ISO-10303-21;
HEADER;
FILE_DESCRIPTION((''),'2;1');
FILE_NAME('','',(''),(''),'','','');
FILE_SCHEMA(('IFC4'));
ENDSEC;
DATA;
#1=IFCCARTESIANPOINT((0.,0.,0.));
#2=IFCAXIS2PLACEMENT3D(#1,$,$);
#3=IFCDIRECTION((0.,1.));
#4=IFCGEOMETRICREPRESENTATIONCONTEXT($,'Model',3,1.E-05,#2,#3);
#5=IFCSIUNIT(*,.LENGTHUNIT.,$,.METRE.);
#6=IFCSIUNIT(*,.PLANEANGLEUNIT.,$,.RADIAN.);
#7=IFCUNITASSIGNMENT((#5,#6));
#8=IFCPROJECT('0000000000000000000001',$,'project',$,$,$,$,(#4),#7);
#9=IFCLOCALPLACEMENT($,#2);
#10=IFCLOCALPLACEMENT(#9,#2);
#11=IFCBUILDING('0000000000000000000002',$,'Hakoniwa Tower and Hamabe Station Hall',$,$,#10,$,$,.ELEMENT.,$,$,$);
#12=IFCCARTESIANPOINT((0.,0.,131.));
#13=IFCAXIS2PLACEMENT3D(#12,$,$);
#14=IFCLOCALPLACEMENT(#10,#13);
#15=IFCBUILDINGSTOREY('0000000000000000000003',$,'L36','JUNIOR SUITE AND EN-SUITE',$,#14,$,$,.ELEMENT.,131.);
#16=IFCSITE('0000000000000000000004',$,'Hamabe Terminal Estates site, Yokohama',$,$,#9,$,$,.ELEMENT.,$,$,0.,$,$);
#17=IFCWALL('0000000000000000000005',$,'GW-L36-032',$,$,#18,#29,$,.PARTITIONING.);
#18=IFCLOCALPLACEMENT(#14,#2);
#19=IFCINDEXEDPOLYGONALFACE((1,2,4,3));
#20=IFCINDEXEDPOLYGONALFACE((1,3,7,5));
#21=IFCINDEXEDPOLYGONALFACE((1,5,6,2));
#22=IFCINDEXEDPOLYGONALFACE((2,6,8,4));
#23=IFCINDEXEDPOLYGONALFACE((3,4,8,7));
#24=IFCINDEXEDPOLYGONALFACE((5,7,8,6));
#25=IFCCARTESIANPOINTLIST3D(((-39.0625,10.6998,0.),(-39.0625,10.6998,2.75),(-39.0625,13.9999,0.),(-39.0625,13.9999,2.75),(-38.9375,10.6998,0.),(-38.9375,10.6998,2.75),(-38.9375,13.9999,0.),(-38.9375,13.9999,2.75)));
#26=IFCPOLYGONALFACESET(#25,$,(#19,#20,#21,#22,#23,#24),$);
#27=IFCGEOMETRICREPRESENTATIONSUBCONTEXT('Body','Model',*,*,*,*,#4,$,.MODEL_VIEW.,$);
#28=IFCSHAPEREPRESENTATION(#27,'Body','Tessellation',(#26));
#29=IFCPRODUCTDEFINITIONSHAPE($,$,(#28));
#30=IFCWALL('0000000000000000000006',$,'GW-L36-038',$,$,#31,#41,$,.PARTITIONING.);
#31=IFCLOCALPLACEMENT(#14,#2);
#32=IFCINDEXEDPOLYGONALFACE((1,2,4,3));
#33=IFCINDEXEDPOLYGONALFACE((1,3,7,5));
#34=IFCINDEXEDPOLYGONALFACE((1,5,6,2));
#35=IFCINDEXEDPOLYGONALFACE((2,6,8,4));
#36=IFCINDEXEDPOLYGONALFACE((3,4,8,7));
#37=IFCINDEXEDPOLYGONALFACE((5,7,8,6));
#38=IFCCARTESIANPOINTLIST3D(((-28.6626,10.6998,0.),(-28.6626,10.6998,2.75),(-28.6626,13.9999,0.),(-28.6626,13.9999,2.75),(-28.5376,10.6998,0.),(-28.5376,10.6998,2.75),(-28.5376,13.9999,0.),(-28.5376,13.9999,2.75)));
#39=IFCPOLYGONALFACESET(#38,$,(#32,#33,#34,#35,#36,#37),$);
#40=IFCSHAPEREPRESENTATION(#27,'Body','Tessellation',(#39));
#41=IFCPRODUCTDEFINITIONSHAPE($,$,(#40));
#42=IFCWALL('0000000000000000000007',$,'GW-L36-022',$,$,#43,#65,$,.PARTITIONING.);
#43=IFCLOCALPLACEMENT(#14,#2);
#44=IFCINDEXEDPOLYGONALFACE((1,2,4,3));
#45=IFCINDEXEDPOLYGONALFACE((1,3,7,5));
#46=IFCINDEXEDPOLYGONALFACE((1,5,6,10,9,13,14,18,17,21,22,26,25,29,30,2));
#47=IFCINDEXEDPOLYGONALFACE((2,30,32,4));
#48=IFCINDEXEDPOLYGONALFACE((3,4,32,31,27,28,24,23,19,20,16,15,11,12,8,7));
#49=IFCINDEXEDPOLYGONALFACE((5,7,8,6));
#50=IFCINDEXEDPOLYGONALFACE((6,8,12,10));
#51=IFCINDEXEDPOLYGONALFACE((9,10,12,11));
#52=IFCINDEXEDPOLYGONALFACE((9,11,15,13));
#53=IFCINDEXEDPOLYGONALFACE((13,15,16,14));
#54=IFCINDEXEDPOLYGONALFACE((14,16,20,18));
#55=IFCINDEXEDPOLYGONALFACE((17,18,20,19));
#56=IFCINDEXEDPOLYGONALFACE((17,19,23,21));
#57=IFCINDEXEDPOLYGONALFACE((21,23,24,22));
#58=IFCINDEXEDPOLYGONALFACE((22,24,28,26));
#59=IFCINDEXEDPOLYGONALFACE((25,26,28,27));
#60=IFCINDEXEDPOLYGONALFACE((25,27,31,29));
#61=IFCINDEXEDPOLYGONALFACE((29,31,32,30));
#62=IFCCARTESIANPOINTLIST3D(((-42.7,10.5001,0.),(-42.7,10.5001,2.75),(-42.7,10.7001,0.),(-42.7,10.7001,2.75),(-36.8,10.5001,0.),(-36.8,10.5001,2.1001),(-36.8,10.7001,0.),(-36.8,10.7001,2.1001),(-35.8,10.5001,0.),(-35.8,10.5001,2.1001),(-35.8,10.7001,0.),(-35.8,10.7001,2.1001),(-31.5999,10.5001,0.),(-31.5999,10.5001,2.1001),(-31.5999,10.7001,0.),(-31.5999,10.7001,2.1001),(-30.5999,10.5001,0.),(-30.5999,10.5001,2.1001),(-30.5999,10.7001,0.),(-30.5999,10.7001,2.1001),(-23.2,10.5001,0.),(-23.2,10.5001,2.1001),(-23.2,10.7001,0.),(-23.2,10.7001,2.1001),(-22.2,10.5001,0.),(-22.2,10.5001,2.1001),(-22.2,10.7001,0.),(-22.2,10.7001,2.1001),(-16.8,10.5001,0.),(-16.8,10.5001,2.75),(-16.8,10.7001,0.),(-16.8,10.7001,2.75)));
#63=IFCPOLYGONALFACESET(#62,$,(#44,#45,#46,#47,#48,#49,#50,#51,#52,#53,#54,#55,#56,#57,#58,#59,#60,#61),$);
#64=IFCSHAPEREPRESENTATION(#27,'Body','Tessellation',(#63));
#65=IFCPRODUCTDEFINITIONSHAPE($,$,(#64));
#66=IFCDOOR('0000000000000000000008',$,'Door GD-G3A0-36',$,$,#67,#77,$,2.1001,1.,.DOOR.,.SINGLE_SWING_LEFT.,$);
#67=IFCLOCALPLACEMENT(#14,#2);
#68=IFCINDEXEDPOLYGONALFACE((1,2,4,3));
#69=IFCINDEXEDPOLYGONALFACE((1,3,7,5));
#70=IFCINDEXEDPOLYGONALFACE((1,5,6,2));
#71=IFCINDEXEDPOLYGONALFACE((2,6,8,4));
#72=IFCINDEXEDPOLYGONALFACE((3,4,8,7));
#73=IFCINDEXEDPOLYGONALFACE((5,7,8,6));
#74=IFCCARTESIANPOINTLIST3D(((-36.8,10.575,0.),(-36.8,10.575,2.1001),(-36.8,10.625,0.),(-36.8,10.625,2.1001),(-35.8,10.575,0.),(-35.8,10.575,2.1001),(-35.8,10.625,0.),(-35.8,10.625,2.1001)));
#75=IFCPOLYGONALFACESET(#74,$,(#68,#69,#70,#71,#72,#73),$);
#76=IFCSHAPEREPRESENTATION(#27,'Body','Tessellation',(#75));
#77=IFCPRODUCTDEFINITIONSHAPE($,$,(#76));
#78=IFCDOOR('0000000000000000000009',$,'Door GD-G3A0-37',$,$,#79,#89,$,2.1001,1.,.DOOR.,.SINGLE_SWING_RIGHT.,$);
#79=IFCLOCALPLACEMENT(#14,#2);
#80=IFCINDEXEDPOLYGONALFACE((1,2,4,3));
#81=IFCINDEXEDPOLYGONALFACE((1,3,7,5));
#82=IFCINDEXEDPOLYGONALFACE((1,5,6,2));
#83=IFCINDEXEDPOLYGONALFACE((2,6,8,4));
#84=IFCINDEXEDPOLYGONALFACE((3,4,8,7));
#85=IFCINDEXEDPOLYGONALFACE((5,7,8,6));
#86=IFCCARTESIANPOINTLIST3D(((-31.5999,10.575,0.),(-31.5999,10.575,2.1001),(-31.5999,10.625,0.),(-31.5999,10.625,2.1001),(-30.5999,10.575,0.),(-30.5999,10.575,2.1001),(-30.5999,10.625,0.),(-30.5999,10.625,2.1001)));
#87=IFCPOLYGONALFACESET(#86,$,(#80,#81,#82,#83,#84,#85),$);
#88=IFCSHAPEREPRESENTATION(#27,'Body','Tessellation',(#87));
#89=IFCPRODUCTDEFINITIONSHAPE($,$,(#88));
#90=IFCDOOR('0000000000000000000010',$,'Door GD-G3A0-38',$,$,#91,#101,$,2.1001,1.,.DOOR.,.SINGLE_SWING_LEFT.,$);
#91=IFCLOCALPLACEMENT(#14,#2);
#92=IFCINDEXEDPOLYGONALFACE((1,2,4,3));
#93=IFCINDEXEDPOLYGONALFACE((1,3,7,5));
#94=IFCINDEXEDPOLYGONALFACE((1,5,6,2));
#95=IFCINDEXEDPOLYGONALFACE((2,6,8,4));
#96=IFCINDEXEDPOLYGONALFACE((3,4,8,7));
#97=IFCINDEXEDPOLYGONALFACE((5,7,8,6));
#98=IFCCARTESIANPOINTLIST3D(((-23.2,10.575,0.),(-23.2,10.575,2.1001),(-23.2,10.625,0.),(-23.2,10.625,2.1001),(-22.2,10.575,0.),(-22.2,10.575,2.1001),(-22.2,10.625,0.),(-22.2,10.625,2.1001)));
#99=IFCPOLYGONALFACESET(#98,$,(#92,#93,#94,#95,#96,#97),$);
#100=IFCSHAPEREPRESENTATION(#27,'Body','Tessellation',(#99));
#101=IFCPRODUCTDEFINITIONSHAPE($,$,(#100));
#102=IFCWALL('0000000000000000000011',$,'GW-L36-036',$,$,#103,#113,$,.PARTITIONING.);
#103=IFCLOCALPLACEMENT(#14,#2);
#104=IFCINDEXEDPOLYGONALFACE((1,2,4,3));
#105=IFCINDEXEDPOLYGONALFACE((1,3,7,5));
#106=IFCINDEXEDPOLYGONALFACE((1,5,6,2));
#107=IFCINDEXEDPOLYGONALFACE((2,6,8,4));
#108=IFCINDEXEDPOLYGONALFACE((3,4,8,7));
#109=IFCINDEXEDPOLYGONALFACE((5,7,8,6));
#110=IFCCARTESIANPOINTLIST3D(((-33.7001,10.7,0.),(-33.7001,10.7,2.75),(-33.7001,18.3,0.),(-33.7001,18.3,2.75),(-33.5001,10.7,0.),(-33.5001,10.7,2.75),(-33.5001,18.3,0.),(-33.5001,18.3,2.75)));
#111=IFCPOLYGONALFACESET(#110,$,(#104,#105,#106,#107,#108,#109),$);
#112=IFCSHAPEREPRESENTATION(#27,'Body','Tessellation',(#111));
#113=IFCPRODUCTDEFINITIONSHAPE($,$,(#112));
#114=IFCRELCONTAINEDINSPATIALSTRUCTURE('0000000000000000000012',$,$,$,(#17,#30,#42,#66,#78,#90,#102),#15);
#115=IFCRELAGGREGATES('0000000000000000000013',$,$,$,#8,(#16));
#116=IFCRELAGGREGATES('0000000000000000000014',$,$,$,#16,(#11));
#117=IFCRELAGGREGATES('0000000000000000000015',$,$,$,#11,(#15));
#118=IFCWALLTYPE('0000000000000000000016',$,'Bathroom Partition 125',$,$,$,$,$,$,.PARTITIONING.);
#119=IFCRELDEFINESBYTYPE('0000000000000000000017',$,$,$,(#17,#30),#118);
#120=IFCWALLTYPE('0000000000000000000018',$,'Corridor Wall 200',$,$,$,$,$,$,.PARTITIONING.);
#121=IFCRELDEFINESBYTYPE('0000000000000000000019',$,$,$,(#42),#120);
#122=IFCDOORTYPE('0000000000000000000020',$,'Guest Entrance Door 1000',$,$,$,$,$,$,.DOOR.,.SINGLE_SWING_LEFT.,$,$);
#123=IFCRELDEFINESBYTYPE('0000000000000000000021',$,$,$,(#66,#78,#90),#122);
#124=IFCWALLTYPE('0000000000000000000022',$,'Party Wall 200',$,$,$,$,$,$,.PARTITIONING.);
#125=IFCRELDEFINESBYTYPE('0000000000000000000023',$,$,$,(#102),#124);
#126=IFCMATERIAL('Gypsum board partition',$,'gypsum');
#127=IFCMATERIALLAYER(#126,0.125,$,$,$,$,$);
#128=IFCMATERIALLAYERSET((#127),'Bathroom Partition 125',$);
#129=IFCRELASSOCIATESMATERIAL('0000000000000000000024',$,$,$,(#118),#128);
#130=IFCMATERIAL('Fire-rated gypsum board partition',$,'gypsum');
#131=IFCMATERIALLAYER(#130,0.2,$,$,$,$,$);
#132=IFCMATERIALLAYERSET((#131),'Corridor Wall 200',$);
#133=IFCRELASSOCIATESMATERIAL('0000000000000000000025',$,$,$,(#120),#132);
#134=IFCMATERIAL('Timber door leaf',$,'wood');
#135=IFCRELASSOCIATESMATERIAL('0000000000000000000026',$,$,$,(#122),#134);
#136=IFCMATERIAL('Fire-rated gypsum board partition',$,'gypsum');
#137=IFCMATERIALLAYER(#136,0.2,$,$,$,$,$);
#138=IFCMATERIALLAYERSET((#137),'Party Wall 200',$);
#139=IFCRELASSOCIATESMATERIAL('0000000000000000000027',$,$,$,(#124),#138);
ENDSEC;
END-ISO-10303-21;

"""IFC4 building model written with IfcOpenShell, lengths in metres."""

from ifc_helpers import new_model, si_unit, direction, frame, frame_2d, origin, place, context, subcontext, project, spatial, rectangle, extrude, material, layer, layer_set, type_object, element, fill, save


model = new_model("IFC4")

# Units and contexts
model_context = context("Model", 3, precision=1e-05, world=origin(), true_north=direction((0.0, 1.0)))
body_context = subcontext(model_context, "Body", "Model", "MODEL_VIEW")
ifc_project = project(units=[si_unit("LENGTHUNIT", "METRE"), si_unit("PLANEANGLEUNIT", "RADIAN")], contexts=[model_context])

# Site, building, storey
site_placement = place(None, origin())
site = spatial("IfcSite", under=ifc_project, at=site_placement, Name="Hamabe Terminal Estates site, Yokohama", CompositionType="ELEMENT", RefElevation=0.0)
building_placement = place(site_placement, origin())
building = spatial("IfcBuilding", under=site, at=building_placement, Name="Hakoniwa Tower and Hamabe Station Hall", CompositionType="ELEMENT")
storey_placement = place(building_placement, frame((0.0, 0.0, 131.0)))
storey = spatial("IfcBuildingStorey", under=building, at=storey_placement, Name="L36", Description="JUNIOR SUITE AND EN-SUITE", CompositionType="ELEMENT", Elevation=131.0)

# Shared definitions
ifc_material_1 = material(Name="Gypsum board partition", Category="gypsum")
ifc_layer_1 = layer(ifc_material_1, 0.125)
ifc_layer_set_1 = layer_set([ifc_layer_1], Name="Bathroom Partition 125")
wall_type_1 = type_object("IfcWallType", Name="Bathroom Partition 125", PredefinedType="PARTITIONING", material=ifc_layer_set_1)

# Walls
for number, where, z_axis, x_axis, name in (
    (1, (-39.0, 10.7, 0.0), (0.0, 0.0, 1.0), (0.0, 1.0, 0.0), "GW-L36-032"),
    (2, (-28.6001, 10.7, 0.0), (0.0, 0.0, 1.0), (0.0, 1.0, 0.0), "GW-L36-038"),
):
    element("IfcWall", number, at=place(storey_placement, frame(where, z_axis=z_axis, x_axis=x_axis)), inside=storey, type_object=wall_type_1, Name=name, PredefinedType="PARTITIONING", context=body_context, shape_type="SweptSolid", body=[
        extrude(rectangle(XDim=3.3, YDim=0.125, at=frame_2d((1.6499, 0.0))), origin(), (0.0, 0.0, 1.0), 2.75),
    ])

# Wall, openings, doors
ifc_material_2 = material(Name="Fire-rated gypsum board partition", Category="gypsum")
ifc_layer_2 = layer(ifc_material_2, 0.2)
ifc_layer_set_2 = layer_set([ifc_layer_2], Name="Corridor Wall 200")
wall_type_2 = type_object("IfcWallType", Name="Corridor Wall 200", PredefinedType="PARTITIONING", material=ifc_layer_set_2)
wall_1_placement = place(storey_placement, frame((-42.7, 10.6001, 0.0), z_axis=(0.0, 0.0, 1.0), x_axis=(1.0, 0.0, 0.0)))
wall_1 = element("IfcWall", 3, at=wall_1_placement, inside=storey, type_object=wall_type_2, Name="GW-L36-022", PredefinedType="PARTITIONING", context=body_context, shape_type="SweptSolid", body=[
    extrude(rectangle(XDim=25.8999, YDim=0.2, at=frame_2d((12.95, 0.0))), origin(), (0.0, 0.0, 1.0), 2.75),
])
opening_1_placement = place(wall_1_placement, frame((5.8999, 0.0, 0.0)))
opening_1 = element("IfcOpeningElement", 4, at=opening_1_placement, cuts=wall_1, PredefinedType="OPENING", context=body_context, shape_type="SweptSolid", body=[
    extrude(rectangle(XDim=1.0, YDim=2.1001, at=frame_2d((0.5, 1.05))), frame((0.0, 0.1099, 0.0), z_axis=(0.0, -1.0, 0.0), x_axis=(1.0, 0.0, 0.0)), (0.0, 0.0, 1.0), 0.22),
])
opening_2_placement = place(wall_1_placement, frame((11.1001, 0.0, 0.0)))
opening_2 = element("IfcOpeningElement", 5, at=opening_2_placement, cuts=wall_1, PredefinedType="OPENING", context=body_context, shape_type="SweptSolid", body=[
    extrude(rectangle(XDim=1.0, YDim=2.1001, at=frame_2d((0.5, 1.05))), frame((0.0, 0.1099, 0.0), z_axis=(0.0, -1.0, 0.0), x_axis=(1.0, 0.0, 0.0)), (0.0, 0.0, 1.0), 0.22),
])
opening_3_placement = place(wall_1_placement, frame((19.5, 0.0, 0.0)))
opening_3 = element("IfcOpeningElement", 6, at=opening_3_placement, cuts=wall_1, PredefinedType="OPENING", context=body_context, shape_type="SweptSolid", body=[
    extrude(rectangle(XDim=1.0, YDim=2.1001, at=frame_2d((0.5, 1.05))), frame((0.0, 0.1099, 0.0), z_axis=(0.0, -1.0, 0.0), x_axis=(1.0, 0.0, 0.0)), (0.0, 0.0, 1.0), 0.22),
])
ifc_material_3 = material(Name="Timber door leaf", Category="wood")
door_type_1 = type_object("IfcDoorType", Name="Guest Entrance Door 1000", OperationType="SINGLE_SWING_LEFT", PredefinedType="DOOR", material=ifc_material_3)
door_1_placement = place(opening_1_placement, origin())
door_1 = element("IfcDoor", 7, at=door_1_placement, inside=storey, type_object=door_type_1, Name="Door GD-G3A0-36", OperationType="SINGLE_SWING_LEFT", OverallHeight=2.1001, OverallWidth=1.0, PredefinedType="DOOR", context=body_context, shape_type="SweptSolid", body=[
    extrude(rectangle(XDim=1.0, YDim=2.1001, at=frame_2d((0.5, 1.05))), frame((0.0, 0.0249, 0.0), z_axis=(0.0, -1.0, 0.0), x_axis=(1.0, 0.0, 0.0)), (0.0, 0.0, 1.0), 0.05),
])
fill(opening_1, door_1)
door_2_placement = place(opening_2_placement, origin())
door_2 = element("IfcDoor", 8, at=door_2_placement, inside=storey, type_object=door_type_1, Name="Door GD-G3A0-37", OperationType="SINGLE_SWING_RIGHT", OverallHeight=2.1001, OverallWidth=1.0, PredefinedType="DOOR", context=body_context, shape_type="SweptSolid", body=[
    extrude(rectangle(XDim=1.0, YDim=2.1001, at=frame_2d((0.5, 1.05))), frame((0.0, 0.0249, 0.0), z_axis=(0.0, -1.0, 0.0), x_axis=(1.0, 0.0, 0.0)), (0.0, 0.0, 1.0), 0.05),
])
fill(opening_2, door_2)
door_3_placement = place(opening_3_placement, origin())
door_3 = element("IfcDoor", 9, at=door_3_placement, inside=storey, type_object=door_type_1, Name="Door GD-G3A0-38", OperationType="SINGLE_SWING_LEFT", OverallHeight=2.1001, OverallWidth=1.0, PredefinedType="DOOR", context=body_context, shape_type="SweptSolid", body=[
    extrude(rectangle(XDim=1.0, YDim=2.1001, at=frame_2d((0.5, 1.05))), frame((0.0, 0.0249, 0.0), z_axis=(0.0, -1.0, 0.0), x_axis=(1.0, 0.0, 0.0)), (0.0, 0.0, 1.0), 0.05),
])
fill(opening_3, door_3)

# Wall
ifc_material_4 = material(Name="Fire-rated gypsum board partition", Category="gypsum")
ifc_layer_3 = layer(ifc_material_4, 0.2)
ifc_layer_set_3 = layer_set([ifc_layer_3], Name="Party Wall 200")
wall_type_3 = type_object("IfcWallType", Name="Party Wall 200", PredefinedType="PARTITIONING", material=ifc_layer_set_3)
wall_2_placement = place(storey_placement, frame((-33.6001, 10.7, 0.0), z_axis=(0.0, 0.0, 1.0), x_axis=(0.0, 1.0, 0.0)))
element("IfcWall", 10, at=wall_2_placement, inside=storey, type_object=wall_type_3, Name="GW-L36-036", PredefinedType="PARTITIONING", context=body_context, shape_type="SweptSolid", body=[
    extrude(rectangle(XDim=7.6001, YDim=0.2, at=frame_2d((3.8, 0.0))), origin(), (0.0, 0.0, 1.0), 2.75),
])

save(model, "model.ifc")
